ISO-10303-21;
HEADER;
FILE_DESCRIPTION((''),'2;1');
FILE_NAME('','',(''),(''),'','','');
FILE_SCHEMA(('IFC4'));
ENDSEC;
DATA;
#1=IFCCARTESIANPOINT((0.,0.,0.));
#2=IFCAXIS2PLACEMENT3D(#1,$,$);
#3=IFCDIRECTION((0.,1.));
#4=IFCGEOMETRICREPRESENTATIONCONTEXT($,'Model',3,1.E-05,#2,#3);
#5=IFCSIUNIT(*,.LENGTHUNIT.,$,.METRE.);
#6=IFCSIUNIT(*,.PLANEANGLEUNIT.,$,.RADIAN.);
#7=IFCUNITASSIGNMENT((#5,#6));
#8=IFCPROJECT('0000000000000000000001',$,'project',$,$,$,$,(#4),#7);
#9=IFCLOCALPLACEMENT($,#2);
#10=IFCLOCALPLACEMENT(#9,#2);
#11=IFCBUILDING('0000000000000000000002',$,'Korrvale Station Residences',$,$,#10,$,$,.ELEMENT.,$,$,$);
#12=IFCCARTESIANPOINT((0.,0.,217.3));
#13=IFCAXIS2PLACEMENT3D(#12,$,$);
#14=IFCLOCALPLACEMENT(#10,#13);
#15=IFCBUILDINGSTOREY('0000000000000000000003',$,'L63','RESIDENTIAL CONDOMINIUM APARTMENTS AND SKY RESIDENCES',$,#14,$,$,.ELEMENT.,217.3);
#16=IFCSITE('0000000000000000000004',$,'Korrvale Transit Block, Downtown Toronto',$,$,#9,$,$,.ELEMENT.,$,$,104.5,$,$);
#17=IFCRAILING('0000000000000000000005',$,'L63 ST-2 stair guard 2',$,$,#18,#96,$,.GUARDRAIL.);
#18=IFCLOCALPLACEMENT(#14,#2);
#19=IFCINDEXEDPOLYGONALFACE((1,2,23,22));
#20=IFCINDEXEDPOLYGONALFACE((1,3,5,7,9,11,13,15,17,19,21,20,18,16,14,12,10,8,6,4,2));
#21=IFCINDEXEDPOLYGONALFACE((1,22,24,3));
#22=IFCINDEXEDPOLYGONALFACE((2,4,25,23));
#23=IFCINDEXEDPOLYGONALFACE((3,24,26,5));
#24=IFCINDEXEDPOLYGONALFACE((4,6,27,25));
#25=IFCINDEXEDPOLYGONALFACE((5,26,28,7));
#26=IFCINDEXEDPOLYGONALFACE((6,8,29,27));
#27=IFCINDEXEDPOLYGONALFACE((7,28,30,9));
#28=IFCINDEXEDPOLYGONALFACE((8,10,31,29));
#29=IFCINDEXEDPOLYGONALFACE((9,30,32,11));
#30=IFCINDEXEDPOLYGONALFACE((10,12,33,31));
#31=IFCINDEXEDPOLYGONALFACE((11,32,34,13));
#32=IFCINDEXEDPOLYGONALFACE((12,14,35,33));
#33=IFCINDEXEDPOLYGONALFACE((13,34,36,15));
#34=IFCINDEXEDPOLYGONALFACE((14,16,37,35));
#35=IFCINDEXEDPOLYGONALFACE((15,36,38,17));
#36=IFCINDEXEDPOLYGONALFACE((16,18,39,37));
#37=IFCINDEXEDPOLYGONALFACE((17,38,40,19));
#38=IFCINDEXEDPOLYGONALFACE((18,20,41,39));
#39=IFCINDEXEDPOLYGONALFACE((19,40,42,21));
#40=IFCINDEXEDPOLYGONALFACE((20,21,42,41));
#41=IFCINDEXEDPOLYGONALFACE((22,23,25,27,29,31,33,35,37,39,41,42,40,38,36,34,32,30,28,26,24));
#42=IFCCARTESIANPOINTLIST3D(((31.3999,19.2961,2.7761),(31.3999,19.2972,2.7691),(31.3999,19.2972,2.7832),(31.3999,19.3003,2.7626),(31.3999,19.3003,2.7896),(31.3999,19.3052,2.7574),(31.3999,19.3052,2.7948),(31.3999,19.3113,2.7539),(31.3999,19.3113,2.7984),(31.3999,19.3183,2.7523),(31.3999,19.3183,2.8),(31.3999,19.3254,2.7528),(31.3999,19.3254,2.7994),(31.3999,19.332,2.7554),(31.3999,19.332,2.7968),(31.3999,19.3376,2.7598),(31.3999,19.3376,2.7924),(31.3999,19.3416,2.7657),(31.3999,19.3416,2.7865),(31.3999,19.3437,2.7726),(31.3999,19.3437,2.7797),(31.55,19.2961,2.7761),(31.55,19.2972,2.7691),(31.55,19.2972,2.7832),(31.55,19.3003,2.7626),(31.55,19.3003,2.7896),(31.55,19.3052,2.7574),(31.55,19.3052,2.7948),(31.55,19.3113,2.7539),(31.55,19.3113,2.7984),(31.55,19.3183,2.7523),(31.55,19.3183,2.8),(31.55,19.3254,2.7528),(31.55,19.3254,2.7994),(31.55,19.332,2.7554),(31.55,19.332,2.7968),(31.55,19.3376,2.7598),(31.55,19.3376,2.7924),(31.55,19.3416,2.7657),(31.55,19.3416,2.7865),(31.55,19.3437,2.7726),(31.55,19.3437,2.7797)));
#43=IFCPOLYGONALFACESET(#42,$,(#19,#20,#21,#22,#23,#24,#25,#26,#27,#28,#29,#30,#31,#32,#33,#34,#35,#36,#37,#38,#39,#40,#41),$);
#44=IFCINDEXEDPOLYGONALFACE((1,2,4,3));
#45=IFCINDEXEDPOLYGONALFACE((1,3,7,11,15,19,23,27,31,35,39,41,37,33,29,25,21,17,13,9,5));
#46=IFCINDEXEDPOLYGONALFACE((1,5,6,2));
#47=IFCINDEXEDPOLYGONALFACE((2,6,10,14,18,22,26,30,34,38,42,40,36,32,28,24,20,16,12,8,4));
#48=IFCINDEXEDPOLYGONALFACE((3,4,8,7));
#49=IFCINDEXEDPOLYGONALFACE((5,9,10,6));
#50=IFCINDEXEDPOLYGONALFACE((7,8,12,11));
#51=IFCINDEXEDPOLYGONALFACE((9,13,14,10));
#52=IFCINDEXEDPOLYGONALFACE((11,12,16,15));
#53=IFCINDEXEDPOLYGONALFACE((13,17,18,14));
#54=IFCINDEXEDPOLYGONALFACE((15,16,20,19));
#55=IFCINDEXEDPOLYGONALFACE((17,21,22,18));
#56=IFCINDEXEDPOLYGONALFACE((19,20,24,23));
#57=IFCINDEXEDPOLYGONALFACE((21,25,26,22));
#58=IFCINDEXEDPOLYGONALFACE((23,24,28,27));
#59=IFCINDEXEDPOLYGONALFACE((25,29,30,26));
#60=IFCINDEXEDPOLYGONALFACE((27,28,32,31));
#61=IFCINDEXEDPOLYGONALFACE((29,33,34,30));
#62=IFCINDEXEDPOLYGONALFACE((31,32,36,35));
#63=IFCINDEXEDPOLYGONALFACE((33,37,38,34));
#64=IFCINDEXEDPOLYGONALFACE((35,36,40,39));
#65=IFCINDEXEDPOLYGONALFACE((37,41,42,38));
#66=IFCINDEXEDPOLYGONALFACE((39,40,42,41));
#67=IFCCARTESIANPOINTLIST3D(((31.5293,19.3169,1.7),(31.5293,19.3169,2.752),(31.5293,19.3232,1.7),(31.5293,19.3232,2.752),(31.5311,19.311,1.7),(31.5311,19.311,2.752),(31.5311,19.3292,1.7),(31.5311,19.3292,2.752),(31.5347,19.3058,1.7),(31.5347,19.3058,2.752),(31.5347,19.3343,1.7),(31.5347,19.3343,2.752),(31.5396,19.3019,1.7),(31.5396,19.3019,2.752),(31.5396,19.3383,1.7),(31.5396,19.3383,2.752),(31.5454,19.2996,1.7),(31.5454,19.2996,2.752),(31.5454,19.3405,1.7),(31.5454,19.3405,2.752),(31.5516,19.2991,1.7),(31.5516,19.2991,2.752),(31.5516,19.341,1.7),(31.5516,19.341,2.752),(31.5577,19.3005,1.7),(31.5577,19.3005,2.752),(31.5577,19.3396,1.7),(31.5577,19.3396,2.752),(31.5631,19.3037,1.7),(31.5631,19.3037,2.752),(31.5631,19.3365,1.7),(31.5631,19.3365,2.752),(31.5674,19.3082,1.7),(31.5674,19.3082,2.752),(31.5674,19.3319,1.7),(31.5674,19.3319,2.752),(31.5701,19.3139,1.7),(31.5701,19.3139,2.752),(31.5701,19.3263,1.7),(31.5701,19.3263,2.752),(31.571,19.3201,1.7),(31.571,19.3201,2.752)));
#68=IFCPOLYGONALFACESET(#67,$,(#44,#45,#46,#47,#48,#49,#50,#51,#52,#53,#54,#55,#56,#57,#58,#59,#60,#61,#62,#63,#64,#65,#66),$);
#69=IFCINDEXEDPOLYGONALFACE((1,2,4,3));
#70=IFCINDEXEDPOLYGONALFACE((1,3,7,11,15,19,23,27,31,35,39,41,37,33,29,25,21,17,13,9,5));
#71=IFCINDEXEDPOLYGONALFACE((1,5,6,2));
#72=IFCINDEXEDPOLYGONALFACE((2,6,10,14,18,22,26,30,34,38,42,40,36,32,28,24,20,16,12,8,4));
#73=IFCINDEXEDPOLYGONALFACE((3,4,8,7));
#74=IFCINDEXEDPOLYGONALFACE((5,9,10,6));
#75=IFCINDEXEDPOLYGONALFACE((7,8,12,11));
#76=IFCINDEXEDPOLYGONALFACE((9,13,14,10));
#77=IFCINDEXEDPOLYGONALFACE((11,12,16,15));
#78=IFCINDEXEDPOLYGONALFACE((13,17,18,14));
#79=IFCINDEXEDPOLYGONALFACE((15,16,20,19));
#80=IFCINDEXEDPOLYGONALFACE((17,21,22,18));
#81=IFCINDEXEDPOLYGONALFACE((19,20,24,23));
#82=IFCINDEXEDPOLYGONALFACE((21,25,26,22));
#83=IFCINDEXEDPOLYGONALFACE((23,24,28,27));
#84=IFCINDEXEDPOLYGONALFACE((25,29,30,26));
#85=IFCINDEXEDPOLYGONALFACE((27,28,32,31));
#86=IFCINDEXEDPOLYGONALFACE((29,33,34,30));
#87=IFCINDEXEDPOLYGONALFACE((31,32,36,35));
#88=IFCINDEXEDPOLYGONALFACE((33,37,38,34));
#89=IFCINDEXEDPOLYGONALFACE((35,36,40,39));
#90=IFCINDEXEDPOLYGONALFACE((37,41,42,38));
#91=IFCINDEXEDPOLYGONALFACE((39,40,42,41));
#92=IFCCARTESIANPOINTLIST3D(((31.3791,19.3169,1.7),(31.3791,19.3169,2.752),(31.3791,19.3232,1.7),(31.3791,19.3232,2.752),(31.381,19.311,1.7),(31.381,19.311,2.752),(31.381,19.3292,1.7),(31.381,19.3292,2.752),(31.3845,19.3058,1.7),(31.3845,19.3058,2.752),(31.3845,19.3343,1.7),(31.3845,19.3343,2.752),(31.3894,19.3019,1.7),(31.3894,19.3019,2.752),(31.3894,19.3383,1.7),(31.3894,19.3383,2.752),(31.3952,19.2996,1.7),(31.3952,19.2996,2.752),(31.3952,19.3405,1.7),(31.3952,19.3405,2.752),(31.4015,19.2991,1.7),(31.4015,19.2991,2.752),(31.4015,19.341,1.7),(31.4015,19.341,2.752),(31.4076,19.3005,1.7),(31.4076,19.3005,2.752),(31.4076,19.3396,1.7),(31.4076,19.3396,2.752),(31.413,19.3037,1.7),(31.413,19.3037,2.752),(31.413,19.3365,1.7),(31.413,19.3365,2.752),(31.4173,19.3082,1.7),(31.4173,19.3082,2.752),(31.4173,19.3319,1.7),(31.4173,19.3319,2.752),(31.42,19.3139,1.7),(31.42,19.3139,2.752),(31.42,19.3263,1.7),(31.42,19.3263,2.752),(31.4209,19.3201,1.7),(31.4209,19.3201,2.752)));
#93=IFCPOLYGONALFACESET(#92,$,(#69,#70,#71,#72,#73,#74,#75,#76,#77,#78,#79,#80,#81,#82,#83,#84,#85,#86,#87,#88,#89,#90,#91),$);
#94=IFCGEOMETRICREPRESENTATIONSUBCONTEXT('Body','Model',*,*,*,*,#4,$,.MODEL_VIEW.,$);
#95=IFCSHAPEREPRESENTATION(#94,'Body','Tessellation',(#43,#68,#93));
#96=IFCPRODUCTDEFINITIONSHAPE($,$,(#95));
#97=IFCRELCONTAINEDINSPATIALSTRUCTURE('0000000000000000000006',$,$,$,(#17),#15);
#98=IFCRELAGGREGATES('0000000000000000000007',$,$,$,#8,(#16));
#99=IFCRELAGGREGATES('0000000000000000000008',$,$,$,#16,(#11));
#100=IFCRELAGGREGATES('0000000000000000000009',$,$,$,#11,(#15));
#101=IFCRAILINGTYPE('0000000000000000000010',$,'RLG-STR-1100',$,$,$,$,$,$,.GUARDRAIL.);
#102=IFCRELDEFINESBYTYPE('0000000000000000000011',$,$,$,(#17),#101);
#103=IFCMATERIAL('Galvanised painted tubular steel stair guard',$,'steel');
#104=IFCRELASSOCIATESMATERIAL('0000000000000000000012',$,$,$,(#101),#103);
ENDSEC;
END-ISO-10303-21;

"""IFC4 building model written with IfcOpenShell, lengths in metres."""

from ifc_helpers import new_model, si_unit, direction, frame, origin, origin_2d, place, context, subcontext, project, spatial, circle, extrude, material, type_object, element, save


model = new_model("IFC4")

# Units and contexts
model_context = context("Model", 3, precision=1e-05, world=origin(), true_north=direction((0.0, 1.0)))
body_context = subcontext(model_context, "Body", "Model", "MODEL_VIEW")
ifc_project = project(units=[si_unit("LENGTHUNIT", "METRE"), si_unit("PLANEANGLEUNIT", "RADIAN")], contexts=[model_context])

# Site, building, storey
site_placement = place(None, origin())
site = spatial("IfcSite", under=ifc_project, at=site_placement, Name="Korrvale Transit Block, Downtown Toronto", CompositionType="ELEMENT", RefElevation=104.5)
building_placement = place(site_placement, origin())
building = spatial("IfcBuilding", under=site, at=building_placement, Name="Korrvale Station Residences", CompositionType="ELEMENT")
storey_placement = place(building_placement, frame((0.0, 0.0, 217.3)))
storey = spatial("IfcBuildingStorey", under=building, at=storey_placement, Name="L63", Description="RESIDENTIAL CONDOMINIUM APARTMENTS AND SKY RESIDENCES", CompositionType="ELEMENT", Elevation=217.3)

# Railing
ifc_material_1 = material(Name="Galvanised painted tubular steel stair guard", Category="steel")
railing_type_1 = type_object("IfcRailingType", Name="RLG-STR-1100", PredefinedType="GUARDRAIL", material=ifc_material_1)
railing_1_placement = place(storey_placement, frame((31.55, 19.3201, 1.7)))
element("IfcRailing", 1, at=railing_1_placement, inside=storey, type_object=railing_type_1, Name="L63 ST-2 stair guard 2", PredefinedType="GUARDRAIL", context=body_context, shape_type="SweptSolid", body=[
    extrude(circle(Radius=0.0239, at=origin_2d()), frame((0.0, 0.0, 1.0762), z_axis=(-1.0, 0.0, 0.0), x_axis=(0.0, -1.0, 0.0)), (0.0, 0.0, 1.0), 0.1501),
    extrude(circle(Radius=0.021, at=origin_2d()), origin(), (0.0, 0.0, 1.0), 1.052),
    extrude(circle(Radius=0.021, at=origin_2d()), frame((-0.1501, 0.0, 0.0)), (0.0, 0.0, 1.0), 1.052),
])

save(model, "model.ifc")
